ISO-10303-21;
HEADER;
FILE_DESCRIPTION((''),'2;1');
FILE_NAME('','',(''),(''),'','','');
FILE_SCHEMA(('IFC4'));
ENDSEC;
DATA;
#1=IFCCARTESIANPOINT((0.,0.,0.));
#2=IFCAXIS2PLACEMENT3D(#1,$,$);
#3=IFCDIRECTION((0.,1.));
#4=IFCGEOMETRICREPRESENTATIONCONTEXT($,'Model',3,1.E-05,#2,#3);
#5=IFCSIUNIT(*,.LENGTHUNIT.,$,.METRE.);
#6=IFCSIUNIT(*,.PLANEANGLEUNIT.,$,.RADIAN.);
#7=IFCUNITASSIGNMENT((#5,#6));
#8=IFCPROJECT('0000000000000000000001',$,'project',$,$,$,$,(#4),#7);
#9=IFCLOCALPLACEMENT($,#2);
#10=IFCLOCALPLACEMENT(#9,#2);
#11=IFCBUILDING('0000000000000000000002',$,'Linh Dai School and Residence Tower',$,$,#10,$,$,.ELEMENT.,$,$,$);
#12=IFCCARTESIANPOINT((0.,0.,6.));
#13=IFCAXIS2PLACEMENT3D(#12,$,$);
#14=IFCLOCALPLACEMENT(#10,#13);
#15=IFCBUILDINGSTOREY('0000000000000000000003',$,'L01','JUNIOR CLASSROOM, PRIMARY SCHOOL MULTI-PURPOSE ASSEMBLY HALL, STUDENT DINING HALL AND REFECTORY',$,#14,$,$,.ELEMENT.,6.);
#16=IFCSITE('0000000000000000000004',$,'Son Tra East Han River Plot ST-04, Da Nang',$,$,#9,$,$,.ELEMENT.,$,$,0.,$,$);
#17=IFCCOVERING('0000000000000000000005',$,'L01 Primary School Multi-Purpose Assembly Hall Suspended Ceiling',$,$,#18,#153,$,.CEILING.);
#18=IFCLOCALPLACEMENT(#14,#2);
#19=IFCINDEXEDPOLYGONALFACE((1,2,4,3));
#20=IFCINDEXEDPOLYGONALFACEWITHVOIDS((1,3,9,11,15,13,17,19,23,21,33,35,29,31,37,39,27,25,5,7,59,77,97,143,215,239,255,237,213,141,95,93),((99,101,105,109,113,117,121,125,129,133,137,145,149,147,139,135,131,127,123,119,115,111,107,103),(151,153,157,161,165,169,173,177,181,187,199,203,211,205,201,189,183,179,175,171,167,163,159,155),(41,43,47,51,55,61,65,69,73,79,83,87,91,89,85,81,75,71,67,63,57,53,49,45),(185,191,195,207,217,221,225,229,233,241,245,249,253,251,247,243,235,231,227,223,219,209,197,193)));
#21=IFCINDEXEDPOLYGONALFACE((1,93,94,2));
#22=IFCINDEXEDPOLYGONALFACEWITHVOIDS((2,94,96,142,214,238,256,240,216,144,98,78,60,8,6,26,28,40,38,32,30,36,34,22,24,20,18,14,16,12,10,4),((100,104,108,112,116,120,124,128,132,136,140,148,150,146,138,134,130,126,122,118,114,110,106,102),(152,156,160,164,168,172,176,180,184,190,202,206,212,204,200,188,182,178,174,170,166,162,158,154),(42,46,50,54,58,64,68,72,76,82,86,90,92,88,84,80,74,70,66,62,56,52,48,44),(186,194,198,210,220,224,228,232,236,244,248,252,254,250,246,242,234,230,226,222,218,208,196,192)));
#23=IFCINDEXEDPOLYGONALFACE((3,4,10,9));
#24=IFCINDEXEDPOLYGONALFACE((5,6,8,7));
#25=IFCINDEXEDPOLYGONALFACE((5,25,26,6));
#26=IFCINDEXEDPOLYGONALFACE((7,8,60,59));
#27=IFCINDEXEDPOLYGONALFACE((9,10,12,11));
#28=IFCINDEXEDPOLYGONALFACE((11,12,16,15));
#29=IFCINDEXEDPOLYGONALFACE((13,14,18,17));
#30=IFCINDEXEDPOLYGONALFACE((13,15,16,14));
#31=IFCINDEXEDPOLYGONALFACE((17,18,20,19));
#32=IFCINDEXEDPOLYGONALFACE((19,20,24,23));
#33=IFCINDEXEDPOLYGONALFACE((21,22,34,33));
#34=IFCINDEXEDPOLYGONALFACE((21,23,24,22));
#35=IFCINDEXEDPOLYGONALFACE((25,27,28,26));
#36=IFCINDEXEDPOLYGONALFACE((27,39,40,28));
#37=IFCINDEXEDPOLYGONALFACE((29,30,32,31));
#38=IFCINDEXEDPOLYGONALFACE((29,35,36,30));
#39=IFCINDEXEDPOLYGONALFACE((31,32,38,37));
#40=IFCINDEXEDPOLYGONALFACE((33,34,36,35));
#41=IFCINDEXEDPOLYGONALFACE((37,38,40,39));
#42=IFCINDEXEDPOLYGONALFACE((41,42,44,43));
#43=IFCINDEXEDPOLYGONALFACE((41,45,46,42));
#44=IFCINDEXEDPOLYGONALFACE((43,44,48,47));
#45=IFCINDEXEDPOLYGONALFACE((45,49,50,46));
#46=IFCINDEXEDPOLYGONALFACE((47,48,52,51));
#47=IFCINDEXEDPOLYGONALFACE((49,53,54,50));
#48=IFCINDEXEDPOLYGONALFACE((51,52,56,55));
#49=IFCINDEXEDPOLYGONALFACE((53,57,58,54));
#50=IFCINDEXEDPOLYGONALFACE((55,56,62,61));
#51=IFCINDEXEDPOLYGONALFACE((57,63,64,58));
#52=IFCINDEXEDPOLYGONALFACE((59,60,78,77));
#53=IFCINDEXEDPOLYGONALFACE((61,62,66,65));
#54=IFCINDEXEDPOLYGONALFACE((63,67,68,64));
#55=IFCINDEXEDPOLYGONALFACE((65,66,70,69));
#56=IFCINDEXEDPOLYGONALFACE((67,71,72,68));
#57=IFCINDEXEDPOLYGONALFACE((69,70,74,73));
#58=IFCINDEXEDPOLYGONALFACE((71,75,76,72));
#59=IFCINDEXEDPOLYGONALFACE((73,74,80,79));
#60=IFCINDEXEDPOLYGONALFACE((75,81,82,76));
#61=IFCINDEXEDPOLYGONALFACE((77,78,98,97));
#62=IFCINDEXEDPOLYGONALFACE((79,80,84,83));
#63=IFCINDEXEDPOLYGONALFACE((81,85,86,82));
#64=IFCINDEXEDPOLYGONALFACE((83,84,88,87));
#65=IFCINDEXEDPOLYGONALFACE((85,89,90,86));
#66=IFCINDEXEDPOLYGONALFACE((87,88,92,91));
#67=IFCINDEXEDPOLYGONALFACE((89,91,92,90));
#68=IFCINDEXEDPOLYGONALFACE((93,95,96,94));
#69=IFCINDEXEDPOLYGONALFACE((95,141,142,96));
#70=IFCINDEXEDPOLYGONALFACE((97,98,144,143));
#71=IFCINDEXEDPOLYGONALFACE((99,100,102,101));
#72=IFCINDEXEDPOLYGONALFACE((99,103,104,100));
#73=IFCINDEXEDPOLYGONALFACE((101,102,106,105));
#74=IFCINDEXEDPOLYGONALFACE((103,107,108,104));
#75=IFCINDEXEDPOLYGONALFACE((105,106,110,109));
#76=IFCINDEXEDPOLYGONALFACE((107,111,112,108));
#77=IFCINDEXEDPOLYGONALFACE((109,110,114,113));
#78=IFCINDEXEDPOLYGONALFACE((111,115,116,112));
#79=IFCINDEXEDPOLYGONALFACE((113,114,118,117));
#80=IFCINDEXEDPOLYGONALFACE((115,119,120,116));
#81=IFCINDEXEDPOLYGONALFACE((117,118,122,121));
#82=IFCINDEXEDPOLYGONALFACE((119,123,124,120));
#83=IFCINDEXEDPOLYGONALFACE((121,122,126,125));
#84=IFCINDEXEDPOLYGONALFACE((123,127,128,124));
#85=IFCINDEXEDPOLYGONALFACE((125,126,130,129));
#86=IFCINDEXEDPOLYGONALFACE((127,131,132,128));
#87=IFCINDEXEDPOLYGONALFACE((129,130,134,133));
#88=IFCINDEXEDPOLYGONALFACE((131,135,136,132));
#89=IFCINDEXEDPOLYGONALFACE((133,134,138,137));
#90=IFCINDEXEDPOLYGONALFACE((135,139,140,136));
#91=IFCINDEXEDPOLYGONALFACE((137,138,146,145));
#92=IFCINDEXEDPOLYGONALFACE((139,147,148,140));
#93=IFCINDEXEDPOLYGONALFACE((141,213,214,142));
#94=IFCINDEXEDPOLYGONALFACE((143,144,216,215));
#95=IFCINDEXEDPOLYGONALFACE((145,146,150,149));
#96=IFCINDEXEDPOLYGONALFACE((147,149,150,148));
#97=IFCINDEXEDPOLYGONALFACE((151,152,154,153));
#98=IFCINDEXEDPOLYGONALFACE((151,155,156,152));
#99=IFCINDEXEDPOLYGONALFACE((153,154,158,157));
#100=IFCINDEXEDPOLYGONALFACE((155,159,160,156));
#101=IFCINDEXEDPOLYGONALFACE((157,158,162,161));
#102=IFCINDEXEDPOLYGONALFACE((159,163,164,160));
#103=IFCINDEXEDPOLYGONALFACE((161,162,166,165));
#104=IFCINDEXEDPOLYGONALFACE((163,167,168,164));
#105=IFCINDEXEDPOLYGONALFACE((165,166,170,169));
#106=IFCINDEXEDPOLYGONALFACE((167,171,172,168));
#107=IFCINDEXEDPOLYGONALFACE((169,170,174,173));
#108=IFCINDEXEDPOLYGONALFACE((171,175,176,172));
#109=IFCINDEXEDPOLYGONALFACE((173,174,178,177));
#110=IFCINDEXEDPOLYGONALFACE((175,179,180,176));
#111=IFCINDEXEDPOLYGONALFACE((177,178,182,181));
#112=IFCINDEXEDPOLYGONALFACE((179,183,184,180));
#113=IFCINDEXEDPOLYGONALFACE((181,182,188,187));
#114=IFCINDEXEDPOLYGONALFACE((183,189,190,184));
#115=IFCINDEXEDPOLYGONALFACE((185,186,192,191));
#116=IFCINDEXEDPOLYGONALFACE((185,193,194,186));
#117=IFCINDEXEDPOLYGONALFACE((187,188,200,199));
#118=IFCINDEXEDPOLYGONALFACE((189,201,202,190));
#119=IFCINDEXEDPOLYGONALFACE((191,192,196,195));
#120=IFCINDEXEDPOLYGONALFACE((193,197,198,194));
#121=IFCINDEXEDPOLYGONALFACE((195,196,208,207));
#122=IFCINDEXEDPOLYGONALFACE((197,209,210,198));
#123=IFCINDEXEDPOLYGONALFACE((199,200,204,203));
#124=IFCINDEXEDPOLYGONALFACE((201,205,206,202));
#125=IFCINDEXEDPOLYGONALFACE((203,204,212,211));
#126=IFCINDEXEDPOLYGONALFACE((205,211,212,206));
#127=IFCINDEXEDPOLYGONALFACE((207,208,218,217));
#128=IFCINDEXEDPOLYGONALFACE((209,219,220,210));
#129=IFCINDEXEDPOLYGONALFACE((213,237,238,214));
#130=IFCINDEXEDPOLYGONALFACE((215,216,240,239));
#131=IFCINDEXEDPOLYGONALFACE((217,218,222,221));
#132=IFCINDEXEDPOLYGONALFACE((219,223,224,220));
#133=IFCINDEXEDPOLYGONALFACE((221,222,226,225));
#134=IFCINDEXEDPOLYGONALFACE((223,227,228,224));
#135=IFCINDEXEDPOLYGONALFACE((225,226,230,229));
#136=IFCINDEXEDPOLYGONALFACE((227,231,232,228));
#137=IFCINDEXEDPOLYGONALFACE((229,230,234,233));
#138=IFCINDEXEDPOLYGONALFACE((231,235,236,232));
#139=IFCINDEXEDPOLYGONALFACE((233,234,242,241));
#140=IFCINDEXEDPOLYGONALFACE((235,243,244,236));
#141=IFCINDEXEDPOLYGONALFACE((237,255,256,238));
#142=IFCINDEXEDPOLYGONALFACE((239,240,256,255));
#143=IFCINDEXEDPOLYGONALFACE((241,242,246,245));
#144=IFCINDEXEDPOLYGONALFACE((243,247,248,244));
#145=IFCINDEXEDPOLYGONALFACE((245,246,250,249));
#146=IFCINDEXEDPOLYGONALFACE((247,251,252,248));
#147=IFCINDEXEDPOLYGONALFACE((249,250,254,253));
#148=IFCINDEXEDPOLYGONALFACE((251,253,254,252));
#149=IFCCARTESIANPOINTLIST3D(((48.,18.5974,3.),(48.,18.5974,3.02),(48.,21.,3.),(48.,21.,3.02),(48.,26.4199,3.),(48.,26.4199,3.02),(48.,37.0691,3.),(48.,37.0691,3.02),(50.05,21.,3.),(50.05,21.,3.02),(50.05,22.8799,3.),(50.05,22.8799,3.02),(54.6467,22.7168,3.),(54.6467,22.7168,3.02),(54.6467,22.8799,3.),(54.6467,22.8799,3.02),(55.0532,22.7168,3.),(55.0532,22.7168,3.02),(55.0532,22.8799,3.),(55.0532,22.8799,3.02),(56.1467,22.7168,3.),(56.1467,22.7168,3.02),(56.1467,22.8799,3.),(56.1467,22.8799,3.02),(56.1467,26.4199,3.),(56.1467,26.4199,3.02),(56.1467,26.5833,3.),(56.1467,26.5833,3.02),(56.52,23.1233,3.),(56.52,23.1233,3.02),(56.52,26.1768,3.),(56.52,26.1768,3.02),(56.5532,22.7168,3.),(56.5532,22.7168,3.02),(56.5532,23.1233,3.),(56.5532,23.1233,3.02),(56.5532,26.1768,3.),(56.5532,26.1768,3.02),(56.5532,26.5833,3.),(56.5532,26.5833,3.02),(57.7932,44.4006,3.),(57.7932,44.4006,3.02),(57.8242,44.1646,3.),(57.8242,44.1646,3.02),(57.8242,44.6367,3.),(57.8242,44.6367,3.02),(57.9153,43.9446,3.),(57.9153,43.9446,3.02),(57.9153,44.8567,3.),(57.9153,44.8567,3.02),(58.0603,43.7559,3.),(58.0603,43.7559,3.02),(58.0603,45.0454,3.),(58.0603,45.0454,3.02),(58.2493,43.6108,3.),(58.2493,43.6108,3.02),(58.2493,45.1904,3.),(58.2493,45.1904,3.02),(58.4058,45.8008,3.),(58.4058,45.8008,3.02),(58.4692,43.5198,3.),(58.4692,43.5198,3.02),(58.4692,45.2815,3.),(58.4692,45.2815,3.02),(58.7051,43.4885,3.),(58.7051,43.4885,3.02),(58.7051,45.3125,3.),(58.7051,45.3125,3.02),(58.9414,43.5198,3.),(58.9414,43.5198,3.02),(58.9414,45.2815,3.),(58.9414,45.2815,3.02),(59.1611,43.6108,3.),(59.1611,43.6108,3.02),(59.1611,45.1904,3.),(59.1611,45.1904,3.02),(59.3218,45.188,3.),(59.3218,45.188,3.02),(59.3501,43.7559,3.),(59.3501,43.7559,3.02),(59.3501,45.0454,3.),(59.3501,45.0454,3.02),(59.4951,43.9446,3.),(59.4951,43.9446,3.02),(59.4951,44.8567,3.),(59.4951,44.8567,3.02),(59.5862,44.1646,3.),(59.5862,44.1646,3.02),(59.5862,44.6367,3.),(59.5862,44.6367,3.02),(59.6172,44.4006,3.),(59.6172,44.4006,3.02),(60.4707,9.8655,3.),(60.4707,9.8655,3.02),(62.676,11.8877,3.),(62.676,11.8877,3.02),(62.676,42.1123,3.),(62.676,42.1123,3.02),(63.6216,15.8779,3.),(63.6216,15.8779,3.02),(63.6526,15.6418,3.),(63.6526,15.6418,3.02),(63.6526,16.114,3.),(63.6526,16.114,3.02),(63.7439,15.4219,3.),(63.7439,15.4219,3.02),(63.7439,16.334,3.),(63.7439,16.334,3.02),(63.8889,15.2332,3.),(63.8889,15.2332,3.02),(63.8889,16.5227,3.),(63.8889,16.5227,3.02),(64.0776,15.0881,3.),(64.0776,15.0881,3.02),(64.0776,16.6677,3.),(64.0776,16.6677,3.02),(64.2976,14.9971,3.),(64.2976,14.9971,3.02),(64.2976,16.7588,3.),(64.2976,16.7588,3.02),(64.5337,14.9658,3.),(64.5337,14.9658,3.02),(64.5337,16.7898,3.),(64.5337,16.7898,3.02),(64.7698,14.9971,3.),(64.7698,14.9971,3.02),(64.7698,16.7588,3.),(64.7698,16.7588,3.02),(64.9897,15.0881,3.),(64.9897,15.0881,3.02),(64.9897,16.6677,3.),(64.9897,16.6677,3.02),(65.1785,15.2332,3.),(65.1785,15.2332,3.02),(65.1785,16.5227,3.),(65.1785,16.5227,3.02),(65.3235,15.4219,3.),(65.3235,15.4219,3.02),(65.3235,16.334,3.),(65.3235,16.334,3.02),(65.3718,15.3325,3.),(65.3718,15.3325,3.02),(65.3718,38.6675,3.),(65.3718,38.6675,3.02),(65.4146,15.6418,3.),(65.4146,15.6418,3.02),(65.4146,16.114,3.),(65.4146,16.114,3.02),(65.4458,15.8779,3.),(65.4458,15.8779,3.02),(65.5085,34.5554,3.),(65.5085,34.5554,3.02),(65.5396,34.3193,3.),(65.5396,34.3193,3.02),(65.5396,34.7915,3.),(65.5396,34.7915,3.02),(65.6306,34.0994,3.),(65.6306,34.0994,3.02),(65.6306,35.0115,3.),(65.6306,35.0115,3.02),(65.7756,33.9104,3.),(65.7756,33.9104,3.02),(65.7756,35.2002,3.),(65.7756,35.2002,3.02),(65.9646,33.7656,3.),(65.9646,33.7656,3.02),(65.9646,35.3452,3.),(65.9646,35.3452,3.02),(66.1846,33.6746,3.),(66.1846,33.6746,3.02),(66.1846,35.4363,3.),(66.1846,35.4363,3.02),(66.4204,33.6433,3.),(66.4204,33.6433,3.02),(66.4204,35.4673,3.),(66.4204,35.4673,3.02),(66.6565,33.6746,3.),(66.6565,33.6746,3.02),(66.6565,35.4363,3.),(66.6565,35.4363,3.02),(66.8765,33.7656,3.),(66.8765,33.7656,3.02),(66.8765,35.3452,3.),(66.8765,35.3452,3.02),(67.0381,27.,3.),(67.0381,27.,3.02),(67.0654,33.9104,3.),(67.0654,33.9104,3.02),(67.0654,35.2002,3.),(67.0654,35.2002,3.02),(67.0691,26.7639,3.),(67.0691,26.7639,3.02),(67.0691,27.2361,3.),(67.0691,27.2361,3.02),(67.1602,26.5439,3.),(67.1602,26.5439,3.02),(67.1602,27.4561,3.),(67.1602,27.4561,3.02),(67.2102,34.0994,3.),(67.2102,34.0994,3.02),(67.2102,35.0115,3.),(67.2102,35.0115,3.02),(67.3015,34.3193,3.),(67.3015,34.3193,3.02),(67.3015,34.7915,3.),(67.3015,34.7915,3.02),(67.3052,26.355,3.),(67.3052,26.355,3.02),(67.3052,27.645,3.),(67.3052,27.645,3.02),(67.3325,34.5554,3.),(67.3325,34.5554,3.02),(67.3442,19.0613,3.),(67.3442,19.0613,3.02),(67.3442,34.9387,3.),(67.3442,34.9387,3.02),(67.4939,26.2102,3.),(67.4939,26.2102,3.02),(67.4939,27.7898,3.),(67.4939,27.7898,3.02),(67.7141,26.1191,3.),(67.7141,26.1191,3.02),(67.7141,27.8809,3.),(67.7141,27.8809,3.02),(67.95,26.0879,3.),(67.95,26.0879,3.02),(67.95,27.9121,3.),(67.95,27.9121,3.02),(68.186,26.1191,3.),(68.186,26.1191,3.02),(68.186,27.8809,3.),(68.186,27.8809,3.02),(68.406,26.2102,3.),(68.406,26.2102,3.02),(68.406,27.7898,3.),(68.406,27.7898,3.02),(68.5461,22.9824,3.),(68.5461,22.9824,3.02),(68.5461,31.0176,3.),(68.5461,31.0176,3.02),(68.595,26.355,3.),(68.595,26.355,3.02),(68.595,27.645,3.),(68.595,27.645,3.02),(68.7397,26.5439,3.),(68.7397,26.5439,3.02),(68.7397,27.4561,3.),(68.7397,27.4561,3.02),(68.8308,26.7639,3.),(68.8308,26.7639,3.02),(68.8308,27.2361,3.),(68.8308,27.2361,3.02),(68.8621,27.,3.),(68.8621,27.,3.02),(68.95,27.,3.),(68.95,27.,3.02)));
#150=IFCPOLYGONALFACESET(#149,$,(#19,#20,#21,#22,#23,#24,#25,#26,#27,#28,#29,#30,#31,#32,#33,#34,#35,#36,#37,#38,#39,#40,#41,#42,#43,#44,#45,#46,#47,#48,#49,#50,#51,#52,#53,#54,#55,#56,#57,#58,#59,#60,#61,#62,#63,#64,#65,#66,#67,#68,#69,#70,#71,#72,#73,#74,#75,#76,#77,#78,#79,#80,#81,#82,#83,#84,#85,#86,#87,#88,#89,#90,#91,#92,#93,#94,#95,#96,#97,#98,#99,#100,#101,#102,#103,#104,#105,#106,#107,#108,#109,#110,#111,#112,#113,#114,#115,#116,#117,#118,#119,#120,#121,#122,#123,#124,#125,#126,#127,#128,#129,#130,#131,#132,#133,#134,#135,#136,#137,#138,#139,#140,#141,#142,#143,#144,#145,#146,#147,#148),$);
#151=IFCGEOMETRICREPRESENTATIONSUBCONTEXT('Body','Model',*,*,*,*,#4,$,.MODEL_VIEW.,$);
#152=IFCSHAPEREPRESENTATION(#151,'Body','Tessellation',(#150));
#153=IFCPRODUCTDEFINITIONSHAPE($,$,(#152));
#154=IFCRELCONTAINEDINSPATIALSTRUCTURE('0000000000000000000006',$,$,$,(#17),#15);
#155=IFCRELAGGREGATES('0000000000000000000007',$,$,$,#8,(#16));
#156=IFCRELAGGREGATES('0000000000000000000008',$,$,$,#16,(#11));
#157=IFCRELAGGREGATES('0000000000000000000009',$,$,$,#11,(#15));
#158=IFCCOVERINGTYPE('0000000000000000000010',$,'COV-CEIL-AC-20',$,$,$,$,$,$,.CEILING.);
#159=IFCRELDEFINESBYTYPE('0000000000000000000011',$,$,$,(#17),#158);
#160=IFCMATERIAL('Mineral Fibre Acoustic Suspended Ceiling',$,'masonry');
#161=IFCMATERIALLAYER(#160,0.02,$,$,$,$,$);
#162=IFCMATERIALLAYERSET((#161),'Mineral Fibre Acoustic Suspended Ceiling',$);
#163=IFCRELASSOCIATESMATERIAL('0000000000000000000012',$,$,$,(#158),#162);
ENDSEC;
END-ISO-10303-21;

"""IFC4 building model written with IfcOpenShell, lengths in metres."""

from ifc_helpers import new_model, si_unit, direction, frame, origin, place, context, subcontext, project, spatial, polyline, outline, extrude, material, layer, layer_set, type_object, element, save


model = new_model("IFC4")

# Units and contexts
model_context = context("Model", 3, precision=1e-05, world=origin(), true_north=direction((0.0, 1.0)))
body_context = subcontext(model_context, "Body", "Model", "MODEL_VIEW")
ifc_project = project(units=[si_unit("LENGTHUNIT", "METRE"), si_unit("PLANEANGLEUNIT", "RADIAN")], contexts=[model_context])

# Site, building, storey
site_placement = place(None, origin())
site = spatial("IfcSite", under=ifc_project, at=site_placement, Name="Son Tra East Han River Plot ST-04, Da Nang", CompositionType="ELEMENT", RefElevation=0.0)
building_placement = place(site_placement, origin())
building = spatial("IfcBuilding", under=site, at=building_placement, Name="Linh Dai School and Residence Tower", CompositionType="ELEMENT")
storey_placement = place(building_placement, frame((0.0, 0.0, 6.0)))
storey = spatial("IfcBuildingStorey", under=building, at=storey_placement, Name="L01", Description="JUNIOR CLASSROOM, PRIMARY SCHOOL MULTI-PURPOSE ASSEMBLY HALL, STUDENT DINING HALL AND REFECTORY", CompositionType="ELEMENT", Elevation=6.0)

# Covering
ifc_material_1 = material(Name="Mineral Fibre Acoustic Suspended Ceiling", Category="masonry")
ifc_layer_1 = layer(ifc_material_1, 0.02)
ifc_layer_set_1 = layer_set([ifc_layer_1], Name="Mineral Fibre Acoustic Suspended Ceiling")
covering_type_1 = type_object("IfcCoveringType", Name="COV-CEIL-AC-20", PredefinedType="CEILING", material=ifc_layer_set_1)
covering_1_placement = place(storey_placement, frame((0.0, 0.0, 3.0)))
element("IfcCovering", 1, at=covering_1_placement, inside=storey, type_object=covering_type_1, Name="L01 Primary School Multi-Purpose Assembly Hall Suspended Ceiling", PredefinedType="CEILING", context=body_context, shape_type="SweptSolid", body=[
    extrude(outline(polyline([(62.676, 11.8877), (60.4707, 9.8655), (48.0, 18.5974), (48.0, 21.0), (50.05, 21.0), (50.05, 22.8799), (54.6467, 22.8799), (54.6467, 22.7168), (55.0532, 22.7168), (55.0532, 22.8799), (56.1467, 22.8799), (56.1467, 22.7168), (56.5532, 22.7168), (56.5532, 23.1233), (56.52, 23.1233), (56.52, 26.1768), (56.5532, 26.1768), (56.5532, 26.5833), (56.1467, 26.5833), (56.1467, 26.4199), (48.0, 26.4199), (48.0, 37.0691), (58.4058, 45.8008), (59.3218, 45.188), (62.676, 42.1123), (65.3718, 38.6675), (67.3442, 34.9387), (68.5461, 31.0176), (68.95, 27.0), (68.5461, 22.9824), (67.3442, 19.0613), (65.3718, 15.3325), (62.676, 11.8877)]), holes=[polyline([(68.7397, 26.5439), (68.8308, 26.7639), (68.8621, 27.0), (68.8308, 27.2361), (68.7397, 27.4561), (68.595, 27.645), (68.406, 27.7898), (68.186, 27.8809), (67.95, 27.9121), (67.7141, 27.8809), (67.4939, 27.7898), (67.3052, 27.645), (67.1602, 27.4561), (67.0691, 27.2361), (67.0381, 27.0), (67.0691, 26.7639), (67.1602, 26.5439), (67.3052, 26.355), (67.4939, 26.2102), (67.7141, 26.1191), (67.95, 26.0879), (68.186, 26.1191), (68.406, 26.2102), (68.595, 26.355), (68.7397, 26.5439)]), polyline([(67.2102, 34.0994), (67.3015, 34.3193), (67.3325, 34.5554), (67.3015, 34.7915), (67.2102, 35.0115), (67.0654, 35.2002), (66.8765, 35.3452), (66.6565, 35.4363), (66.4204, 35.4673), (66.1846, 35.4363), (65.9646, 35.3452), (65.7756, 35.2002), (65.6306, 35.0115), (65.5396, 34.7915), (65.5085, 34.5554), (65.5396, 34.3193), (65.6306, 34.0994), (65.7756, 33.9104), (65.9646, 33.7656), (66.1846, 33.6746), (66.4204, 33.6433), (66.6565, 33.6746), (66.8765, 33.7656), (67.0654, 33.9104), (67.2102, 34.0994)]), polyline([(65.3235, 15.4219), (65.4146, 15.6418), (65.4458, 15.8779), (65.4146, 16.114), (65.3235, 16.334), (65.1785, 16.5227), (64.9897, 16.6677), (64.7698, 16.7588), (64.5337, 16.7898), (64.2976, 16.7588), (64.0776, 16.6677), (63.8889, 16.5227), (63.7439, 16.334), (63.6526, 16.114), (63.6216, 15.8779), (63.6526, 15.6418), (63.7439, 15.4219), (63.8889, 15.2332), (64.0776, 15.0881), (64.2976, 14.9971), (64.5337, 14.9658), (64.7698, 14.9971), (64.9897, 15.0881), (65.1785, 15.2332), (65.3235, 15.4219)]), polyline([(59.4951, 43.9446), (59.5862, 44.1646), (59.6172, 44.4006), (59.5862, 44.6367), (59.4951, 44.8567), (59.3501, 45.0454), (59.1611, 45.1904), (58.9414, 45.2815), (58.7051, 45.3125), (58.4692, 45.2815), (58.2493, 45.1904), (58.0603, 45.0454), (57.9153, 44.8567), (57.8242, 44.6367), (57.7932, 44.4006), (57.8242, 44.1646), (57.9153, 43.9446), (58.0603, 43.7559), (58.2493, 43.6108), (58.4692, 43.5198), (58.7051, 43.4885), (58.9414, 43.5198), (59.1611, 43.6108), (59.3501, 43.7559), (59.4951, 43.9446)])]), origin(), (0.0, 0.0, 1.0), 0.02),
])

save(model, "model.ifc")
